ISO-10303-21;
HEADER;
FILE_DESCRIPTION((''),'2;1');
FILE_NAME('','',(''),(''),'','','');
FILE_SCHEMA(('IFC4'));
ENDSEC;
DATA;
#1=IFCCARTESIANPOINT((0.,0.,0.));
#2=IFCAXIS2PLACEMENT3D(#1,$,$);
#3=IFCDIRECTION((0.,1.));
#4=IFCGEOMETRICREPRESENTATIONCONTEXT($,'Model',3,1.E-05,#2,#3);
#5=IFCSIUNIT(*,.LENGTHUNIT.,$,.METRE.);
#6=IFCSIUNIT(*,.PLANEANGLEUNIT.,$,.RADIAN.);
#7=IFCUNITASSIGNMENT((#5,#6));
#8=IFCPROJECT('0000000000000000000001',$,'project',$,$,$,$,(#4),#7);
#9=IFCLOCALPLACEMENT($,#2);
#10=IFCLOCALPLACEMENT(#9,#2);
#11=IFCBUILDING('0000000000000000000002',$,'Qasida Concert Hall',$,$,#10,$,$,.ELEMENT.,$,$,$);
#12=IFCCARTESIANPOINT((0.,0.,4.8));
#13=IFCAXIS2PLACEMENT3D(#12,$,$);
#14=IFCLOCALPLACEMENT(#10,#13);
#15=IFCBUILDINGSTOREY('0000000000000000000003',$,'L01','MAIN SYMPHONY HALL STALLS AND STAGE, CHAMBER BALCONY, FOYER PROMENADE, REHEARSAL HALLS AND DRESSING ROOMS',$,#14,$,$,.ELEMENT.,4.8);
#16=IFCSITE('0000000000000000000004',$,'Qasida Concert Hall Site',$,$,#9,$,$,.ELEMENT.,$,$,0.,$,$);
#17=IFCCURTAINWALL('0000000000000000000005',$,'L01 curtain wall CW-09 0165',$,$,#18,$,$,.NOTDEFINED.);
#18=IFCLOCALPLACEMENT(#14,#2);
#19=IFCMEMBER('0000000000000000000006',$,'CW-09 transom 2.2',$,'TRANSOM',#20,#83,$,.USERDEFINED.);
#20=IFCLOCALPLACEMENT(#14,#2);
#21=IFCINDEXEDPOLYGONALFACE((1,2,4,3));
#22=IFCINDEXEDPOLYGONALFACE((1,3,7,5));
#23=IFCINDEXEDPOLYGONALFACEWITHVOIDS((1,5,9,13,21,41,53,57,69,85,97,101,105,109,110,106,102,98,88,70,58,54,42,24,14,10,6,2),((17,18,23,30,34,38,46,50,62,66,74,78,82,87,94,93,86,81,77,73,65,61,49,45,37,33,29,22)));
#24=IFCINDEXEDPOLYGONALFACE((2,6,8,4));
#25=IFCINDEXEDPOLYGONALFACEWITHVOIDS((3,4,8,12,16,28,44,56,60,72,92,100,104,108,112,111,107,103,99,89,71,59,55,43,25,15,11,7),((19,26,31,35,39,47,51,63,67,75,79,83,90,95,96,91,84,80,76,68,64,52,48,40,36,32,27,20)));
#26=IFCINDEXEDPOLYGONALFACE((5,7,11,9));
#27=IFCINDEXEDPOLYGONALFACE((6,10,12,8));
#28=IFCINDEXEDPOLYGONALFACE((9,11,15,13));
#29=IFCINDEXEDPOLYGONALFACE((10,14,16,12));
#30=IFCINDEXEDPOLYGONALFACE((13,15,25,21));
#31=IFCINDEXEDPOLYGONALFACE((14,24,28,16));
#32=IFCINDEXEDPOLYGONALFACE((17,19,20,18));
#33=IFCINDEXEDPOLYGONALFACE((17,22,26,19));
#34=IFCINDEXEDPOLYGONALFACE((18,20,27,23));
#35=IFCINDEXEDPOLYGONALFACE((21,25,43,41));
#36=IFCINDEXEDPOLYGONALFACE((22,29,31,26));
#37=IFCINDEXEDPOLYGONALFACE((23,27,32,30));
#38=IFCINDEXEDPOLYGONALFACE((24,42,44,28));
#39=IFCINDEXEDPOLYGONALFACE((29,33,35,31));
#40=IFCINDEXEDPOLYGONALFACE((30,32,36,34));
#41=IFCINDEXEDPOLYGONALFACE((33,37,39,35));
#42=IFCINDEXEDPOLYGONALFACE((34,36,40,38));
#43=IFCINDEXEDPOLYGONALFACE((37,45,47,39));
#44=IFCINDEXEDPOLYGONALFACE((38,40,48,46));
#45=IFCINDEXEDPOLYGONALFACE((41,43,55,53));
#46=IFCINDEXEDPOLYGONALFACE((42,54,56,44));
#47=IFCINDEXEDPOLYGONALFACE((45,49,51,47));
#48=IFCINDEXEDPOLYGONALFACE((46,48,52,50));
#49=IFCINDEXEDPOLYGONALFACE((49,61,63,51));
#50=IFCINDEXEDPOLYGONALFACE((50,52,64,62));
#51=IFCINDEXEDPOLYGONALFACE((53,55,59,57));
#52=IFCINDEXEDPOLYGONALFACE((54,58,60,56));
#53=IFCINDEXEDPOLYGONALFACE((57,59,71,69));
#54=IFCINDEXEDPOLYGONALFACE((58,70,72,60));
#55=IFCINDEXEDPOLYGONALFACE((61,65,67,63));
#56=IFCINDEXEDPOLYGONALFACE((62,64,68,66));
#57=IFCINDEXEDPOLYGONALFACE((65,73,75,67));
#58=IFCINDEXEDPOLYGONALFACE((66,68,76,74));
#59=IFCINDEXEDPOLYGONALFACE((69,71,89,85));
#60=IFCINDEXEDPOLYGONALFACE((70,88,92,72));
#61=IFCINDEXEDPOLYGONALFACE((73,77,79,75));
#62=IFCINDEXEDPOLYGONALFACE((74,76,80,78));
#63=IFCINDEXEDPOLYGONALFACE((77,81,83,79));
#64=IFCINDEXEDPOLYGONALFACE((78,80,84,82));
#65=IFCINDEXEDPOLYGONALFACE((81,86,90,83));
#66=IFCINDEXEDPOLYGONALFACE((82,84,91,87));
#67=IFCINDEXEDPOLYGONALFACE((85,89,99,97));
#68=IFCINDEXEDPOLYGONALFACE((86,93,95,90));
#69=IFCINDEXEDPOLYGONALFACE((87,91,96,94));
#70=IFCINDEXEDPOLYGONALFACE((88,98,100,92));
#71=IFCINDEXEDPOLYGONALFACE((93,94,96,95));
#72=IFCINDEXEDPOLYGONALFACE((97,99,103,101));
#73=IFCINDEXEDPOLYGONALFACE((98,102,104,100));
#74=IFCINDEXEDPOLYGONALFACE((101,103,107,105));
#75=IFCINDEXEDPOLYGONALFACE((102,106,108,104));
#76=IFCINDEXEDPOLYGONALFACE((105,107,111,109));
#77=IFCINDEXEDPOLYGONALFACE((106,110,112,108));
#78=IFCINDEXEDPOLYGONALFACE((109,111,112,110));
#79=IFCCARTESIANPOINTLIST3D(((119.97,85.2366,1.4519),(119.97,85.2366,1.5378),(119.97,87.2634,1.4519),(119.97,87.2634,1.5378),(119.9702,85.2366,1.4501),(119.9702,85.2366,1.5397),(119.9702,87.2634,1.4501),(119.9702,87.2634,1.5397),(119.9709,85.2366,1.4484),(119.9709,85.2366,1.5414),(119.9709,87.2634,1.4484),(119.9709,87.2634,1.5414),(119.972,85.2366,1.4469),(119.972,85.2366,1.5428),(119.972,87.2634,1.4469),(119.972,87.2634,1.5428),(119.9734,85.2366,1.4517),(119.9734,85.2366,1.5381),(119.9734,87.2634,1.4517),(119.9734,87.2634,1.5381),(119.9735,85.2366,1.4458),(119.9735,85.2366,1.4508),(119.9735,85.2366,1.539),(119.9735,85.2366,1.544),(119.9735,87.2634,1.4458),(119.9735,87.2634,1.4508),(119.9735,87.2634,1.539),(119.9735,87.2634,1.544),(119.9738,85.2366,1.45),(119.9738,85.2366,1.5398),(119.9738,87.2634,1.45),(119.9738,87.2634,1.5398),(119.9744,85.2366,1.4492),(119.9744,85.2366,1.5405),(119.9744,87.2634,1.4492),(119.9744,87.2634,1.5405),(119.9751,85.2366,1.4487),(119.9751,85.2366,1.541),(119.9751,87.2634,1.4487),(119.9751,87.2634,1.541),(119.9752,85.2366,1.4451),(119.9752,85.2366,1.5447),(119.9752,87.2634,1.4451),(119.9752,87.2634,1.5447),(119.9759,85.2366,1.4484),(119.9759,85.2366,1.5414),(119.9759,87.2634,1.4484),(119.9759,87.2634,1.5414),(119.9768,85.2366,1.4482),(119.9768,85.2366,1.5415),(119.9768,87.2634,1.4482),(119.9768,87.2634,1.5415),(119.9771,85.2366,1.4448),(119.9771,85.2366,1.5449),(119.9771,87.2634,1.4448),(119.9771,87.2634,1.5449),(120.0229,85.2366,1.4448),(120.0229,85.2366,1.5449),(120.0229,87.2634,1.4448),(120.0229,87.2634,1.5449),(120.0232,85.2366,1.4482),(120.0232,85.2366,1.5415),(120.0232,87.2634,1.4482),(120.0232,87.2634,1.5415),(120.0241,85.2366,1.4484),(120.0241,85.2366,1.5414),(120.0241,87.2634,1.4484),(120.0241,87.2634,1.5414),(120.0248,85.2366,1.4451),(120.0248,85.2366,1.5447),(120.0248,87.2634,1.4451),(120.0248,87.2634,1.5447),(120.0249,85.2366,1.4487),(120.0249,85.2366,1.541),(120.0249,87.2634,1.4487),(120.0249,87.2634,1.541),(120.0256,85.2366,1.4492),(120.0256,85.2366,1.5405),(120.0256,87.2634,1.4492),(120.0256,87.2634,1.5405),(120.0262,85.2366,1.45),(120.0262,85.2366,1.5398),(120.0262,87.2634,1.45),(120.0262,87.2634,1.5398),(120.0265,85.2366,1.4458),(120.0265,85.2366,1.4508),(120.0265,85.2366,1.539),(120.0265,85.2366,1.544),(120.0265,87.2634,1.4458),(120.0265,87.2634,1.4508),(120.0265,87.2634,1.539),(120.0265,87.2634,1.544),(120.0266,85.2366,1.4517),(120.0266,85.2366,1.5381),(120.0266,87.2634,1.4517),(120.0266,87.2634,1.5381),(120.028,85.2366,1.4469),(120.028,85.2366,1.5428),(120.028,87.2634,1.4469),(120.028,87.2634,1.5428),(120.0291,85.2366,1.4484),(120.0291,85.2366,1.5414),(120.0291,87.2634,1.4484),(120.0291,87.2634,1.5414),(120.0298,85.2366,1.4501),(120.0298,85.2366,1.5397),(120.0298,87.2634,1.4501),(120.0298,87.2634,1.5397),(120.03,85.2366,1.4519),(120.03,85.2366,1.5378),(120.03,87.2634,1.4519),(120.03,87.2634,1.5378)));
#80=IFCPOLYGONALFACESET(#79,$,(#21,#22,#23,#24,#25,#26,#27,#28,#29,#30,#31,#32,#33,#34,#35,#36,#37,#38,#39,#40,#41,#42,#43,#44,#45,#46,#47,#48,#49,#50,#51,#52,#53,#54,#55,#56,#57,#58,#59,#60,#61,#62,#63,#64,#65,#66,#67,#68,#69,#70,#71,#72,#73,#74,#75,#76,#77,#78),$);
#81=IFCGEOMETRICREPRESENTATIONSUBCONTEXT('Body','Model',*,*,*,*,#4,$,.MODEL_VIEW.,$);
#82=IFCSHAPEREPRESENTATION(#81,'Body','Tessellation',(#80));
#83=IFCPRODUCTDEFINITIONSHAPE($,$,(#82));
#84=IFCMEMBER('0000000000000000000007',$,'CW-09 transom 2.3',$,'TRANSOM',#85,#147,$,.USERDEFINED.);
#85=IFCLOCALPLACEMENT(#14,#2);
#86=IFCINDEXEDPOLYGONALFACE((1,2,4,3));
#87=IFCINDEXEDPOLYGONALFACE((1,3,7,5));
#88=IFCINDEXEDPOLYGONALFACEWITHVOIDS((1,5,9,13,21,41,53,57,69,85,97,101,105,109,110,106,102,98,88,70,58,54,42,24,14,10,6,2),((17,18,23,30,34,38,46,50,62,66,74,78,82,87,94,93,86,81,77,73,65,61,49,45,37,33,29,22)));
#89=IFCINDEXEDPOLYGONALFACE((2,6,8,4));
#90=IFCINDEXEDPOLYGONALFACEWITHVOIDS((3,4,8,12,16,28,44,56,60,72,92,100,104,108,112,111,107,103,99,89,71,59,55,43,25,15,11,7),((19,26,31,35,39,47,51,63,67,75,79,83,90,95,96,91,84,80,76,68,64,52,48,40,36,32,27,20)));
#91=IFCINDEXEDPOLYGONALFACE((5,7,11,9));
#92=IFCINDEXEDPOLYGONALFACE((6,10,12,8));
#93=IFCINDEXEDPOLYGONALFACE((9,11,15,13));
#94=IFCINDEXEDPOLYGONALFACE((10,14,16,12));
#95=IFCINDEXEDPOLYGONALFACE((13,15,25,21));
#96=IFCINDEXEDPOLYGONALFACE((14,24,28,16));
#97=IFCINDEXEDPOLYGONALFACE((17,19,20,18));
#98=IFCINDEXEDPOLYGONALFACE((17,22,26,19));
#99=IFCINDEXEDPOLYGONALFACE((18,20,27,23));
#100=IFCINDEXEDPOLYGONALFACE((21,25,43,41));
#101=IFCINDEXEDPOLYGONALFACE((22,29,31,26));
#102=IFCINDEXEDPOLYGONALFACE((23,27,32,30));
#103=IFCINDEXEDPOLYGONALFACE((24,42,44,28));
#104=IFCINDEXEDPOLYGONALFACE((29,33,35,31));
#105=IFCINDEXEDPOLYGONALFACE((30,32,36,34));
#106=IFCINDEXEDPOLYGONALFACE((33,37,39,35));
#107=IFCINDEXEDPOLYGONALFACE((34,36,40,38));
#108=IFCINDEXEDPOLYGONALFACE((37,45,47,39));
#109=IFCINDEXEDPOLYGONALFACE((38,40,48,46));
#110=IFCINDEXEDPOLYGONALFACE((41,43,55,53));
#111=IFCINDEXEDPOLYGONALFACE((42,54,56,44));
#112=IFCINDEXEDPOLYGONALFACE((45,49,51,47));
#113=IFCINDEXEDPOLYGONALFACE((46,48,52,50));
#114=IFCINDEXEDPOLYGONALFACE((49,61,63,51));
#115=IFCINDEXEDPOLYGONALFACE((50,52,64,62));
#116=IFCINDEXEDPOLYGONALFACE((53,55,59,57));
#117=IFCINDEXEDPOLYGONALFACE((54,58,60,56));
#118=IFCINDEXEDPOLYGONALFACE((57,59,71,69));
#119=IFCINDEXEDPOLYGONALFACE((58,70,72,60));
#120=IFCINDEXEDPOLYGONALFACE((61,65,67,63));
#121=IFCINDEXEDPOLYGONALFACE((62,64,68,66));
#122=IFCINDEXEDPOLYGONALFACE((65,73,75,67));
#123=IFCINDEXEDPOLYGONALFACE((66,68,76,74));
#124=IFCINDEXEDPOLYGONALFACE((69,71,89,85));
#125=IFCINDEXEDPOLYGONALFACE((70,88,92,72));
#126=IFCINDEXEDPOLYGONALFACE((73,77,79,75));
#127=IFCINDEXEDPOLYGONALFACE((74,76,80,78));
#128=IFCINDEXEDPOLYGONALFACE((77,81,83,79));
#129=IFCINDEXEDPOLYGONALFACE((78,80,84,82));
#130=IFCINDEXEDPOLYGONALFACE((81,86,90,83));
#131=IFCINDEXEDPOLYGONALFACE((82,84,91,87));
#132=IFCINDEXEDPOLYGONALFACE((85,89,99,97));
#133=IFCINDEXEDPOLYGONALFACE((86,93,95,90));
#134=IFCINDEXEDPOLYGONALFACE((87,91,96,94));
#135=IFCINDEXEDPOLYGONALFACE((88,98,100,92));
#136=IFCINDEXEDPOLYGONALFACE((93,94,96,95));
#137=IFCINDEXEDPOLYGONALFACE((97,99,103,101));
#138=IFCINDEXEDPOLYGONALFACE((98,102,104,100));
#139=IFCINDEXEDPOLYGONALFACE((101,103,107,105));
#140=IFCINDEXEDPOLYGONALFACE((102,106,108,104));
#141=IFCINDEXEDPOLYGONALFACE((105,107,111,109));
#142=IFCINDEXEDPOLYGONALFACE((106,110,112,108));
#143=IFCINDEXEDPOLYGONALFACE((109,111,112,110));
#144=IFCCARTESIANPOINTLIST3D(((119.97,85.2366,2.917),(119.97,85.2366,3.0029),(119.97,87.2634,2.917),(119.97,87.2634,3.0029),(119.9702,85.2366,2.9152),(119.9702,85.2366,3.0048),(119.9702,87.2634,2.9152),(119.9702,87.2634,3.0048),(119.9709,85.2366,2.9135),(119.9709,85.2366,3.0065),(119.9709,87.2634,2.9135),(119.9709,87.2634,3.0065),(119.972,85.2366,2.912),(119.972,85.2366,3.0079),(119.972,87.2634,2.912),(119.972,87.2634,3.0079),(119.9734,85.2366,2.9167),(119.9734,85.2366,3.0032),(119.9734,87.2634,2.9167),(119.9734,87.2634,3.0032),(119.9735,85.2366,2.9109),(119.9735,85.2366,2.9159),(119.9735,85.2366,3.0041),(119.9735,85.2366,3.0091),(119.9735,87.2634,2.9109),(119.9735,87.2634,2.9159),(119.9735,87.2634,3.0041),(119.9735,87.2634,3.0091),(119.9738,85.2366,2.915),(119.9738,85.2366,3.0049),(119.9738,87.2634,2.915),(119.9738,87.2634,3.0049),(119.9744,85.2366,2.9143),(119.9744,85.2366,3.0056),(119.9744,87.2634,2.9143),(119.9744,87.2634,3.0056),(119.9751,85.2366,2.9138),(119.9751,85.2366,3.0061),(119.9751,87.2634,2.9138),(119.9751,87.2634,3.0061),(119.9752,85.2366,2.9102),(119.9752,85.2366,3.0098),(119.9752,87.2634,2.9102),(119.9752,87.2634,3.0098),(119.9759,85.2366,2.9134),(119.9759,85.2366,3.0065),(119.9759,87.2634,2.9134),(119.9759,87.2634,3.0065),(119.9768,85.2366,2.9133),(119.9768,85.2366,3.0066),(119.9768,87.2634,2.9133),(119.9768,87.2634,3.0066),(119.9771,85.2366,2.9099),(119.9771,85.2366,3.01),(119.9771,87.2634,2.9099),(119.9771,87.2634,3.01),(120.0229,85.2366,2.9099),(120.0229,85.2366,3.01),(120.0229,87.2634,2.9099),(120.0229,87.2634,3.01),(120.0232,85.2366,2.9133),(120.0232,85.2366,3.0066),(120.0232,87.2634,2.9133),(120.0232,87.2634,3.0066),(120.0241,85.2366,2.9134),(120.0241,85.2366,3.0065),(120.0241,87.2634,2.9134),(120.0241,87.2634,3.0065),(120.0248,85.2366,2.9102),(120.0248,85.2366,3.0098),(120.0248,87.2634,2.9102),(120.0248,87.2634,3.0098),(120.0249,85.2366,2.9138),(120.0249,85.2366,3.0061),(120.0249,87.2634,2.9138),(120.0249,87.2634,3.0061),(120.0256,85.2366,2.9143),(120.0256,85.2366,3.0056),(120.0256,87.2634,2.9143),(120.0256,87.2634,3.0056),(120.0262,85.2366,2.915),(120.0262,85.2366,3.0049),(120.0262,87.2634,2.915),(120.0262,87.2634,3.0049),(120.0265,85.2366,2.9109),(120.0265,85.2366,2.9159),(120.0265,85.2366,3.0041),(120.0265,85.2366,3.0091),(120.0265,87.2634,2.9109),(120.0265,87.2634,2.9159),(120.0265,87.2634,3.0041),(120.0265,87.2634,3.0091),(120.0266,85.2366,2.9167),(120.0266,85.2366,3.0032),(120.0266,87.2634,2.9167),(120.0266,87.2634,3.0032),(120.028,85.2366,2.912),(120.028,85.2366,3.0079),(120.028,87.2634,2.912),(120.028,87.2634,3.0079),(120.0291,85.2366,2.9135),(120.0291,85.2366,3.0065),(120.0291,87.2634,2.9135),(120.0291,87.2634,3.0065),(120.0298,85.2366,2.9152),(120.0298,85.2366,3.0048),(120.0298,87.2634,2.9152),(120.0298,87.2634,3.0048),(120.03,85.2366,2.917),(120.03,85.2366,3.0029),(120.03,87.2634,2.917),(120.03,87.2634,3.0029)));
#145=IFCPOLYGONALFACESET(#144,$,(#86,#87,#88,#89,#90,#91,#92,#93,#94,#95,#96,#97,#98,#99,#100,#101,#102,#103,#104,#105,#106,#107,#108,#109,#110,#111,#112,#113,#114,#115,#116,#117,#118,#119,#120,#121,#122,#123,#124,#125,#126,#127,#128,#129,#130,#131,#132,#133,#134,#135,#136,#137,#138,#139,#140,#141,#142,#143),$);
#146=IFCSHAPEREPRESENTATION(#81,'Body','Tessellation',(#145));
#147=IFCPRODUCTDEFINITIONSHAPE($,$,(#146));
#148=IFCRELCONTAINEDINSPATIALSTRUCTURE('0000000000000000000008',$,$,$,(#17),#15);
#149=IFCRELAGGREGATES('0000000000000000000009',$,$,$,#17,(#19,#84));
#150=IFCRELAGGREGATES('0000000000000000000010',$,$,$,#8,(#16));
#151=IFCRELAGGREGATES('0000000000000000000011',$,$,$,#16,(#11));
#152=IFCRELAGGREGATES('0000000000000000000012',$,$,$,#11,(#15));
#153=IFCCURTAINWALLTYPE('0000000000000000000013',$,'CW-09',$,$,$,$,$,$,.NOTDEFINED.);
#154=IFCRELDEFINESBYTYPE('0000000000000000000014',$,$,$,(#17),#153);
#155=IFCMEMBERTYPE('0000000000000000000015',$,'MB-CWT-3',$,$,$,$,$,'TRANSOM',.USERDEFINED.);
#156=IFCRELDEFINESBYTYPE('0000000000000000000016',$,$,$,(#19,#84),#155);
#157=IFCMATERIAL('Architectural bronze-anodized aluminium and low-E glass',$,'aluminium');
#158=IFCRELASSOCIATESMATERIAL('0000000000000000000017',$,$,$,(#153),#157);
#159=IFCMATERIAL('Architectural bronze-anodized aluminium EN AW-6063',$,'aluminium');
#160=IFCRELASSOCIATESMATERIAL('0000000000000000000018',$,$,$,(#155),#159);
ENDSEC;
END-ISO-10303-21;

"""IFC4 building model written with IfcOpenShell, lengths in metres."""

from ifc_helpers import new_model, si_unit, direction, frame, origin, origin_2d, place, context, subcontext, project, spatial, hollow_rectangle, extrude, material, material_profile, profile_set, type_object, element, aggregate, save


model = new_model("IFC4")

# Units and contexts
model_context = context("Model", 3, precision=1e-05, world=origin(), true_north=direction((0.0, 1.0)))
body_context = subcontext(model_context, "Body", "Model", "MODEL_VIEW")
ifc_project = project(units=[si_unit("LENGTHUNIT", "METRE"), si_unit("PLANEANGLEUNIT", "RADIAN")], contexts=[model_context])

# Site, building, storey
site_placement = place(None, origin())
site = spatial("IfcSite", under=ifc_project, at=site_placement, Name="Qasida Concert Hall Site", CompositionType="ELEMENT", RefElevation=0.0)
building_placement = place(site_placement, origin())
building = spatial("IfcBuilding", under=site, at=building_placement, Name="Qasida Concert Hall", CompositionType="ELEMENT")
storey_placement = place(building_placement, frame((0.0, 0.0, 4.8)))
storey = spatial("IfcBuildingStorey", under=building, at=storey_placement, Name="L01", Description="MAIN SYMPHONY HALL STALLS AND STAGE, CHAMBER BALCONY, FOYER PROMENADE, REHEARSAL HALLS AND DRESSING ROOMS", CompositionType="ELEMENT", Elevation=4.8)

# Curtain wall
ifc_material_1 = material(Name="Architectural bronze-anodized aluminium and low-E glass", Category="aluminium")
curtain_wall_type = type_object("IfcCurtainWallType", Name="CW-09", PredefinedType="NOTDEFINED", material=ifc_material_1)
curtain_wall_1_placement = place(storey_placement, origin())
curtain_wall_1 = element("IfcCurtainWall", 1, at=curtain_wall_1_placement, inside=storey, type_object=curtain_wall_type, Name="L01 curtain wall CW-09 0165", PredefinedType="NOTDEFINED")
ifc_material_2 = material(Name="Architectural bronze-anodized aluminium EN AW-6063", Category="aluminium")

# Members
ifc_material_profile_1 = material_profile(ifc_material_2, hollow_rectangle(XDim=0.0601, YDim=0.1001, WallThickness=0.0034, InnerFilletRadius=0.0034, OuterFilletRadius=0.0071, at=origin_2d()), Name="CWT 100x60x3.5")
ifc_profile_set_1 = profile_set([ifc_material_profile_1], Name="Architectural bronze-anodized aluminium EN AW-6063")
member_type_1 = type_object("IfcMemberType", Name="MB-CWT-3", ElementType="TRANSOM", PredefinedType="USERDEFINED", material=ifc_profile_set_1)
member_1_placement = place(storey_placement, frame((120.0, 85.2366, 1.4949), z_axis=(0.0, 1.0, 0.0), x_axis=(-1.0, 0.0, 0.0)))
member_1 = element("IfcMember", 2, at=member_1_placement, type_object=member_type_1, Name="CW-09 transom 2.2", ObjectType="TRANSOM", PredefinedType="USERDEFINED", context=body_context, shape_type="SweptSolid", body=[
    extrude(hollow_rectangle(XDim=0.0601, YDim=0.1001, WallThickness=0.0034, InnerFilletRadius=0.0034, OuterFilletRadius=0.0071, at=origin_2d()), origin(), (0.0, 0.0, 1.0), 2.0269),
])
member_2_placement = place(storey_placement, frame((120.0, 85.2366, 2.96), z_axis=(0.0, 1.0, 0.0), x_axis=(-1.0, 0.0, 0.0)))
member_2 = element("IfcMember", 3, at=member_2_placement, type_object=member_type_1, Name="CW-09 transom 2.3", ObjectType="TRANSOM", PredefinedType="USERDEFINED", context=body_context, shape_type="SweptSolid", body=[
    extrude(hollow_rectangle(XDim=0.0601, YDim=0.1001, WallThickness=0.0034, InnerFilletRadius=0.0034, OuterFilletRadius=0.0071, at=origin_2d()), origin(), (0.0, 0.0, 1.0), 2.0269),
])

aggregate(curtain_wall_1, [member_1, member_2])

save(model, "model.ifc")
